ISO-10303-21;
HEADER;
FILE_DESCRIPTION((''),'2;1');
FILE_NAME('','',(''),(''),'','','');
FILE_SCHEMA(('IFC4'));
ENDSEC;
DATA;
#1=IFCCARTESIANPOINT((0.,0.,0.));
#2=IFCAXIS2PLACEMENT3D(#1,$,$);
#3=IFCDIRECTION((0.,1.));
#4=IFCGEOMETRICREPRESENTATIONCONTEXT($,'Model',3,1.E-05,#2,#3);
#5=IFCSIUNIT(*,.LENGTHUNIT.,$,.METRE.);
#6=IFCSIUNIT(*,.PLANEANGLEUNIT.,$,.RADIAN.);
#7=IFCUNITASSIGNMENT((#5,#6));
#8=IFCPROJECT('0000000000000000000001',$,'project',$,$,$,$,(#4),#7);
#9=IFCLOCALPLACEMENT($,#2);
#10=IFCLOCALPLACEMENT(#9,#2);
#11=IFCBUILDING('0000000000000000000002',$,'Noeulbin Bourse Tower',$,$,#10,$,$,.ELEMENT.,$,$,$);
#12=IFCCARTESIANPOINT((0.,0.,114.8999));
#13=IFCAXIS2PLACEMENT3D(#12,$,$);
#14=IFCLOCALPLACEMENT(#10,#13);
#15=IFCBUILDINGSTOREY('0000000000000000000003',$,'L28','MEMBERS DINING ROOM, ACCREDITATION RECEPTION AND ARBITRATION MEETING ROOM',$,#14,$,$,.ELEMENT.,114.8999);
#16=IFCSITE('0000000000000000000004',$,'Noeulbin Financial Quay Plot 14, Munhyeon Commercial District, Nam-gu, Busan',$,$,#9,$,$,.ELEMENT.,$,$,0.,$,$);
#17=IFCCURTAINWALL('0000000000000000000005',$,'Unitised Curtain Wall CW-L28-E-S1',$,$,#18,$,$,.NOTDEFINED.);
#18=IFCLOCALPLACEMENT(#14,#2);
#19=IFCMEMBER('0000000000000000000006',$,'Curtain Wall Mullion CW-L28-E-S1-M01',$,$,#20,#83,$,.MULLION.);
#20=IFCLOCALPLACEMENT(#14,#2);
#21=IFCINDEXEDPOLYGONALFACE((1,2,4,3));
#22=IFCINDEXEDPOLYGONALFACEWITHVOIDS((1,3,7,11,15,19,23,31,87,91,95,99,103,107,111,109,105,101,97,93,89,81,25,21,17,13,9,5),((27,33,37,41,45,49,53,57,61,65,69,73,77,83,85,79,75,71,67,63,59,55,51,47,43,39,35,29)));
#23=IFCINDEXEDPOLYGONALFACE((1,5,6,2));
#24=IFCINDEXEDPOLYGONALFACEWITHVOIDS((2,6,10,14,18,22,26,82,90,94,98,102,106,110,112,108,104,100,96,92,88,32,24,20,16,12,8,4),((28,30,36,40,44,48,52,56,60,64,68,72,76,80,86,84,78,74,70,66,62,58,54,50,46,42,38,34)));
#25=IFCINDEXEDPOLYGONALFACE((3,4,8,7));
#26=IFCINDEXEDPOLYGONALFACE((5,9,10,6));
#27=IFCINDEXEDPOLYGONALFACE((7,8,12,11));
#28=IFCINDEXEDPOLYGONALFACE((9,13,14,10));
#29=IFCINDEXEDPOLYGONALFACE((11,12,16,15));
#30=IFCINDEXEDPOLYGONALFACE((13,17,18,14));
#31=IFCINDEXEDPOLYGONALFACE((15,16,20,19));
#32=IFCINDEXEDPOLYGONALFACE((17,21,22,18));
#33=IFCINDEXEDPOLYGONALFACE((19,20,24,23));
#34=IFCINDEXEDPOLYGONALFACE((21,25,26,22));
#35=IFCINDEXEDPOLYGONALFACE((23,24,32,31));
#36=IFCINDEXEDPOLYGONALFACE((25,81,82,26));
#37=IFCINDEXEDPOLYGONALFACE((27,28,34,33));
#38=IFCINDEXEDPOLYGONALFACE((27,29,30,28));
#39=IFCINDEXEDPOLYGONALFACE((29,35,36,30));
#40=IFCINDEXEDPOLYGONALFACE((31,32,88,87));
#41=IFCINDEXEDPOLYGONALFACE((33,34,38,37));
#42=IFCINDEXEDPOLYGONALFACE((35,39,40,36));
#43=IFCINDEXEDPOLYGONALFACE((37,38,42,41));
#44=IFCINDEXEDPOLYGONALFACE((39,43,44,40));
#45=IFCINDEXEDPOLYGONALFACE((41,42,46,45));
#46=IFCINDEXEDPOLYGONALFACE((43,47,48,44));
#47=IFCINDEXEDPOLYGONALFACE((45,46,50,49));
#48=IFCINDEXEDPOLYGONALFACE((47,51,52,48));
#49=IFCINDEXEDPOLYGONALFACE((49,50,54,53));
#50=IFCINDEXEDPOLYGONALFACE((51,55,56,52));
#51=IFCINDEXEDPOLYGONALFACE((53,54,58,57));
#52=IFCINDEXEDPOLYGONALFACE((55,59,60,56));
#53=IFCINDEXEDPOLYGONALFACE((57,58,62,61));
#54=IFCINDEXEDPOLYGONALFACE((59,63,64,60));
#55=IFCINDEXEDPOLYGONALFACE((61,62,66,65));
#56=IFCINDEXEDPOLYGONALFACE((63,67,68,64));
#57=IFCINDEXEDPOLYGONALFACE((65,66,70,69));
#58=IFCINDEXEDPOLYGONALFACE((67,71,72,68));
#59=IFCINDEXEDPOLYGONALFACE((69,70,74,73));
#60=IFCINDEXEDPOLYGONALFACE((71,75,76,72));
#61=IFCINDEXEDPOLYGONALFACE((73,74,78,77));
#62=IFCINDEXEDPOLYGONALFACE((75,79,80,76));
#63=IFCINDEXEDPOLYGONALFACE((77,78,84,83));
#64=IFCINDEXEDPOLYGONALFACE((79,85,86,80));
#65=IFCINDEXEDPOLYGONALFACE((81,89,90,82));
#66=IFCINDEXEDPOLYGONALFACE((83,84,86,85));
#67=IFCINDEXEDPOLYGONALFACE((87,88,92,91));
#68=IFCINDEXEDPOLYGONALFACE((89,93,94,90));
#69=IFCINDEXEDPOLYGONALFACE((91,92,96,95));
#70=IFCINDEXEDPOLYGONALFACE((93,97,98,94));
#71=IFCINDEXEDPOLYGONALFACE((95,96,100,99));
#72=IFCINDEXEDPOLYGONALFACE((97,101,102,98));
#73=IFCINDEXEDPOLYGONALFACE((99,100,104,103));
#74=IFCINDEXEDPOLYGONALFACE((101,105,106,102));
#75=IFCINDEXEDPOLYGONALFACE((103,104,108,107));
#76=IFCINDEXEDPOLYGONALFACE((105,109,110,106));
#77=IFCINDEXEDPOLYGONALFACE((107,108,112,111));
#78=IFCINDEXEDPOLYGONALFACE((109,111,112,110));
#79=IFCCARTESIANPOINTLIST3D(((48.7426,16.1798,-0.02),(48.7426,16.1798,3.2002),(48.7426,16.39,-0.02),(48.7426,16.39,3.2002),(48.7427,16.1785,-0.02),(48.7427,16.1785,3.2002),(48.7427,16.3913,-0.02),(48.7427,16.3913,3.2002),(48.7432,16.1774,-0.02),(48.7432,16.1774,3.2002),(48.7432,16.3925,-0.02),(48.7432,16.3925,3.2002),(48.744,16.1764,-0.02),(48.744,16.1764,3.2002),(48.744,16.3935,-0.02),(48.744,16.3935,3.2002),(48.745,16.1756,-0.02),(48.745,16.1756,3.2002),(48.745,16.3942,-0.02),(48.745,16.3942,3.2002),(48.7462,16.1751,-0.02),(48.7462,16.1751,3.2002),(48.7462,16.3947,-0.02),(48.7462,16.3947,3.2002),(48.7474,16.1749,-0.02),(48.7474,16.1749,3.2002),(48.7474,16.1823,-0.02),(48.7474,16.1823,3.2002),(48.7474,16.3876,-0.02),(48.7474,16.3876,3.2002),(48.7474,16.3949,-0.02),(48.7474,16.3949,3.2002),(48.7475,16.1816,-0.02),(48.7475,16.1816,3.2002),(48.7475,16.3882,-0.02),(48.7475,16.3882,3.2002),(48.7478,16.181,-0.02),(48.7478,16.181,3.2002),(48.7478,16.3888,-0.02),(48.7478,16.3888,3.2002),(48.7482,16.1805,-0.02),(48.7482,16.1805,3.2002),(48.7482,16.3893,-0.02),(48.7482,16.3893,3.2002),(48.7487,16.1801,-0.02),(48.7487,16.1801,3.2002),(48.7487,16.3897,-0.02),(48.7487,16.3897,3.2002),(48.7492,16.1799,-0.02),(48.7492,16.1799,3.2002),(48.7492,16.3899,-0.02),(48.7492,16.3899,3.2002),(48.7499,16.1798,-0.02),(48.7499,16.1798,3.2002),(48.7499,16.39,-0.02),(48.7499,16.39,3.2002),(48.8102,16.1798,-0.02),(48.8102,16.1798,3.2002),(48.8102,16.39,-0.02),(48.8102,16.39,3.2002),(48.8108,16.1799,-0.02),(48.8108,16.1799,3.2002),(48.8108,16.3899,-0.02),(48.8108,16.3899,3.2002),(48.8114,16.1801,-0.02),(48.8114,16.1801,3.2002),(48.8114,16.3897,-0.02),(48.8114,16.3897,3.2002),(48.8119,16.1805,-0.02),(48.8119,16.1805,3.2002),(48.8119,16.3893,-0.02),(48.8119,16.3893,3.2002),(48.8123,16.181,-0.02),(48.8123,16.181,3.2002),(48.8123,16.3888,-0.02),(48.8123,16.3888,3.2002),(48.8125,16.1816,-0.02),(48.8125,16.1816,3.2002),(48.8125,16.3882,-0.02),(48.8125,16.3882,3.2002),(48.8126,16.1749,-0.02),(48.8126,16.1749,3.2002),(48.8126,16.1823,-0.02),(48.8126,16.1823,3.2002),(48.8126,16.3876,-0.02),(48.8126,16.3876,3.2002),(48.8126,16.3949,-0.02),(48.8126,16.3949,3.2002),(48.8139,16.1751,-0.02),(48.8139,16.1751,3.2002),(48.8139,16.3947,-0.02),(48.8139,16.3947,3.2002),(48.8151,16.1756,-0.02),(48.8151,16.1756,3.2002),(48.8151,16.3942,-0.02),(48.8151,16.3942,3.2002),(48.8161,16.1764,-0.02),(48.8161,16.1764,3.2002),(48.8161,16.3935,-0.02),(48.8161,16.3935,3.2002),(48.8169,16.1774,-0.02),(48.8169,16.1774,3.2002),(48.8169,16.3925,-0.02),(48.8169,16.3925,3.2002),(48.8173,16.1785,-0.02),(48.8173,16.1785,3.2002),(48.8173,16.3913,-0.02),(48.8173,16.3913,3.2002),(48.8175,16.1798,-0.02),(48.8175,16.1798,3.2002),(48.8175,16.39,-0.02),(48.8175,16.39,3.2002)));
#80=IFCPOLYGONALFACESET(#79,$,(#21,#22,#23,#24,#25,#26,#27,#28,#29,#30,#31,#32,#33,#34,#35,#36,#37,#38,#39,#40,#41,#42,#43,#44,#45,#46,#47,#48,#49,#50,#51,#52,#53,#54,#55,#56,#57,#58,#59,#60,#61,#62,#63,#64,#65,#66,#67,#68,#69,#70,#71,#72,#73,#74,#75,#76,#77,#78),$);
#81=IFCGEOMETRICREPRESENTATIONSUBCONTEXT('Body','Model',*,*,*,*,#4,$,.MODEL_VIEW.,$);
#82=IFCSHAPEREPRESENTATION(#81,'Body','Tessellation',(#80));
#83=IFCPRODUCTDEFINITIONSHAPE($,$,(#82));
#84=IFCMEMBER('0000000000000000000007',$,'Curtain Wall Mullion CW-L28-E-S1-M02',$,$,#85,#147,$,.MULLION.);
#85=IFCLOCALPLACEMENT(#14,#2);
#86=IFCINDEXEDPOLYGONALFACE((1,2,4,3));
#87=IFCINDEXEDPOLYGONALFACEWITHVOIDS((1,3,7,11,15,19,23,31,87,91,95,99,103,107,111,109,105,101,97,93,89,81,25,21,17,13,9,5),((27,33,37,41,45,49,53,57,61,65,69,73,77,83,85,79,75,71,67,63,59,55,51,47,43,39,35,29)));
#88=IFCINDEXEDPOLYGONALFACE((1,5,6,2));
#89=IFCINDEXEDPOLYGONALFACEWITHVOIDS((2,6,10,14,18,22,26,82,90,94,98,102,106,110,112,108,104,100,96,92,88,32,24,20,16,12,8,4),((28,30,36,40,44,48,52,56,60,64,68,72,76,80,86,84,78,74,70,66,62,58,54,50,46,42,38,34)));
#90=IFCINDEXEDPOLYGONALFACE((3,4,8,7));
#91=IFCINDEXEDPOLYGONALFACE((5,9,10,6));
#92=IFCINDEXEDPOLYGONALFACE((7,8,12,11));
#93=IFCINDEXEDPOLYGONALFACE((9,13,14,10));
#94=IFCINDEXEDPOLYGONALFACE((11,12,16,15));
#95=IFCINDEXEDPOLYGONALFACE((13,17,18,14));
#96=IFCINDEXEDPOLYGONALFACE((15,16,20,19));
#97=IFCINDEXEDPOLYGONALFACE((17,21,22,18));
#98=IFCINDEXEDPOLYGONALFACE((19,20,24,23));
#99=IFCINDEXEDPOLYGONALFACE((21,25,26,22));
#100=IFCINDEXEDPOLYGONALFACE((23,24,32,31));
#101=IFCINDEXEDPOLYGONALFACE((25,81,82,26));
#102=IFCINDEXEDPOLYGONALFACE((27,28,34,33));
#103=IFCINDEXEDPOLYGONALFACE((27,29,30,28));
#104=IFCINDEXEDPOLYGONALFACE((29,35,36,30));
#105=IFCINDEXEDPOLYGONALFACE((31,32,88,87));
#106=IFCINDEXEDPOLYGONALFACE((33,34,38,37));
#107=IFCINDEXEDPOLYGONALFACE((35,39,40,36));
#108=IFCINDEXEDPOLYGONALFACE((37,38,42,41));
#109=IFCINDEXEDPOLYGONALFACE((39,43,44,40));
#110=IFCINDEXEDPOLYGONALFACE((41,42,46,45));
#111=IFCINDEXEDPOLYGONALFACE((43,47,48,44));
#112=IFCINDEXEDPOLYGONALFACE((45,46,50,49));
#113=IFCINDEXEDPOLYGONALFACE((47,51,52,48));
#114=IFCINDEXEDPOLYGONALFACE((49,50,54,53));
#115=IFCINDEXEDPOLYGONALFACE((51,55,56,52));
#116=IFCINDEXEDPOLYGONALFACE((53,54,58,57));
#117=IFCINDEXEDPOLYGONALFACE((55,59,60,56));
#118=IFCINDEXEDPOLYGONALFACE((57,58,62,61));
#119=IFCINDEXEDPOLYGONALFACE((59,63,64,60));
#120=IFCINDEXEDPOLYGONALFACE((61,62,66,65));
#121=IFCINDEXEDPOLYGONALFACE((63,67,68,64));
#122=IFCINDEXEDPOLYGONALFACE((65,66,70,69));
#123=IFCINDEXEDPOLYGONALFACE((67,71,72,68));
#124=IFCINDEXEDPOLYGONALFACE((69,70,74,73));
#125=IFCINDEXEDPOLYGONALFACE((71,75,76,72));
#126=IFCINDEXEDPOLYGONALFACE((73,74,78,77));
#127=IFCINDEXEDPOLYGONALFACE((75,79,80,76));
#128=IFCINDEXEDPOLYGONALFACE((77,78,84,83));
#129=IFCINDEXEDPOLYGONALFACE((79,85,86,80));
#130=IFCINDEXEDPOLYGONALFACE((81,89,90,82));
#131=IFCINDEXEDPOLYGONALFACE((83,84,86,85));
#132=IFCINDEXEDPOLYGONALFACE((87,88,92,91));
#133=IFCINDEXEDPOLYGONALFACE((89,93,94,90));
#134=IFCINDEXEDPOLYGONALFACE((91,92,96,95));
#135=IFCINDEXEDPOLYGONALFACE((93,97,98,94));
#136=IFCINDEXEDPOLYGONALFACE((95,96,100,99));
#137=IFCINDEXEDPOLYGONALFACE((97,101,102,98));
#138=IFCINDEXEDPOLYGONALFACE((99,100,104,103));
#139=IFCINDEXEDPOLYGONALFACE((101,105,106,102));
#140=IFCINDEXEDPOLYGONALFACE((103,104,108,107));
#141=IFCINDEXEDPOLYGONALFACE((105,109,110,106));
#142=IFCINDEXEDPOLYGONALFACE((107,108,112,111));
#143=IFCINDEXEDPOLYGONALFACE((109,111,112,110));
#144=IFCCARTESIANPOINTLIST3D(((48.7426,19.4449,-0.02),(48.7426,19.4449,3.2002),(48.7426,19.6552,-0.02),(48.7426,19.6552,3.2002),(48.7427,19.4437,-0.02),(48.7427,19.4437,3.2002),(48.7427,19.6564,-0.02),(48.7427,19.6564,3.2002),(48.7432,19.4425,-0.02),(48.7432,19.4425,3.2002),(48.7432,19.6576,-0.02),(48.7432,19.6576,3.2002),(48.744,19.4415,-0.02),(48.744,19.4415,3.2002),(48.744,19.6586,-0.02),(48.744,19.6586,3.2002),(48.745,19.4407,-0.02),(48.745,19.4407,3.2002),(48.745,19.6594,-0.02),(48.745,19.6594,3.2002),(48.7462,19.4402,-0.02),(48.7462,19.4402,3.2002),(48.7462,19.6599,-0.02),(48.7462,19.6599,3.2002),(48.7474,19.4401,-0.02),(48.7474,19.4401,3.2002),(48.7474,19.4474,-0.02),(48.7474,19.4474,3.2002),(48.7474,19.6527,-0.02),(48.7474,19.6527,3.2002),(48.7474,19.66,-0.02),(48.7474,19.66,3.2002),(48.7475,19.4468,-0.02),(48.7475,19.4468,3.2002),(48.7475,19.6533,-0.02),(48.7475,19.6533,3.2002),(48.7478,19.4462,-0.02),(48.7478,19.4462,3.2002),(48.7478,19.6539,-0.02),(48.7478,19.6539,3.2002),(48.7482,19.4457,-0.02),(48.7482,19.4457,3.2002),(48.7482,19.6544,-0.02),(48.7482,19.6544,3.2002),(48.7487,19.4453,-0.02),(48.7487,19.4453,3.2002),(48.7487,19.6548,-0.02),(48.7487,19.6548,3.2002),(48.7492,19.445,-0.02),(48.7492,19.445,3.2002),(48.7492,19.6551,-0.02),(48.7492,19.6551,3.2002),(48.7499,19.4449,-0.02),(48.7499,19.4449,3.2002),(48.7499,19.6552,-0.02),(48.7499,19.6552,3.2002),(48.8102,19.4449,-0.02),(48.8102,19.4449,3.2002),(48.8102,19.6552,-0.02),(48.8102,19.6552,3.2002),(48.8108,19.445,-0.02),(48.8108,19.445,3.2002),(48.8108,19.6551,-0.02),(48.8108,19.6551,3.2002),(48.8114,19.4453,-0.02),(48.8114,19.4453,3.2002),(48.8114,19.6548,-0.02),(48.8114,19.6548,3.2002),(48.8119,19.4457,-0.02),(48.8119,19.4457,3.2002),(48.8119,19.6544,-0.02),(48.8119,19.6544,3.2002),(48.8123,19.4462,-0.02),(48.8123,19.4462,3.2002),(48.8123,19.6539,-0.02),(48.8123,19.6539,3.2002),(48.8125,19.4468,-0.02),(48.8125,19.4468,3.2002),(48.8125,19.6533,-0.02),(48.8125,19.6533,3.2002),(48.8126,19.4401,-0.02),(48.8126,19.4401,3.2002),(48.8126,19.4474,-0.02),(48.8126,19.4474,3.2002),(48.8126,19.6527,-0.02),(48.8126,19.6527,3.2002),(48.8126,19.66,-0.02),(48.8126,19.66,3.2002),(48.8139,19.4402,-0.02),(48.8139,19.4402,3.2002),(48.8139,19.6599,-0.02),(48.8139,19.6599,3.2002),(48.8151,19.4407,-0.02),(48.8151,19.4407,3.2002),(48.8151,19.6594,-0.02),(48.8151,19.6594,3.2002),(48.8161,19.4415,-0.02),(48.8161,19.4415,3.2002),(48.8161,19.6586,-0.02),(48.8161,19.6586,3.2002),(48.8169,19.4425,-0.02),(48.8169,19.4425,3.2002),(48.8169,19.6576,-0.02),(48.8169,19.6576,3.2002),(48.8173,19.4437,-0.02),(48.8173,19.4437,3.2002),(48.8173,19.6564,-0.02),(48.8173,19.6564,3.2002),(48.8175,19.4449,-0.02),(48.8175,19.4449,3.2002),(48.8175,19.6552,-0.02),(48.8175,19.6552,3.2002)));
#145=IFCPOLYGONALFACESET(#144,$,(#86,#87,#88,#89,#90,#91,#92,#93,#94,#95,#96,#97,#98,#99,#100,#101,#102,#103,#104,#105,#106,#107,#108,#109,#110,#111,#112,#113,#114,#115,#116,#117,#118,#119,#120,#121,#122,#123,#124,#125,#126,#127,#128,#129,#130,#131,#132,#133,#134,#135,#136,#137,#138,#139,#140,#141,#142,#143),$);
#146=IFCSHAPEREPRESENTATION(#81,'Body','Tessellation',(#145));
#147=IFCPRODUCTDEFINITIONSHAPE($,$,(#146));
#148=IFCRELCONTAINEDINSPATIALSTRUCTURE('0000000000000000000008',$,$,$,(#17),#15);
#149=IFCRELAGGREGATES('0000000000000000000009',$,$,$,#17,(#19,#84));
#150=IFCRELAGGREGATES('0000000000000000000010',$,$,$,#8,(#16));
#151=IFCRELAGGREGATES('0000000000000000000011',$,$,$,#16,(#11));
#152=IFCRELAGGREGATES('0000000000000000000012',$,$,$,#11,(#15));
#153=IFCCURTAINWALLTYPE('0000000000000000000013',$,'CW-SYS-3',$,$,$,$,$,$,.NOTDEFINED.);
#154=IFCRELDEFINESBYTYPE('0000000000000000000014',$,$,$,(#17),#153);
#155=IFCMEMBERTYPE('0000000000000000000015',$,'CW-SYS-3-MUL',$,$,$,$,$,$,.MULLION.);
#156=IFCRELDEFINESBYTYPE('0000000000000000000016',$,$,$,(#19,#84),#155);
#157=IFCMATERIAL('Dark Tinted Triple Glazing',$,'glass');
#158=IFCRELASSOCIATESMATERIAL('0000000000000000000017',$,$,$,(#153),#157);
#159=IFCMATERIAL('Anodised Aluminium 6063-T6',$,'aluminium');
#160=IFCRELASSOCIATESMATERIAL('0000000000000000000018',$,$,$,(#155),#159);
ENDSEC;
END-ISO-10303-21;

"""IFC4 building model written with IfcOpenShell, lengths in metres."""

from ifc_helpers import new_model, si_unit, direction, frame, origin, origin_2d, place, context, subcontext, project, spatial, hollow_rectangle, extrude, material, material_profile, profile_set, type_object, element, aggregate, save


model = new_model("IFC4")

# Units and contexts
model_context = context("Model", 3, precision=1e-05, world=origin(), true_north=direction((0.0, 1.0)))
body_context = subcontext(model_context, "Body", "Model", "MODEL_VIEW")
ifc_project = project(units=[si_unit("LENGTHUNIT", "METRE"), si_unit("PLANEANGLEUNIT", "RADIAN")], contexts=[model_context])

# Site, building, storey
site_placement = place(None, origin())
site = spatial("IfcSite", under=ifc_project, at=site_placement, Name="Noeulbin Financial Quay Plot 14, Munhyeon Commercial District, Nam-gu, Busan", CompositionType="ELEMENT", RefElevation=0.0)
building_placement = place(site_placement, origin())
building = spatial("IfcBuilding", under=site, at=building_placement, Name="Noeulbin Bourse Tower", CompositionType="ELEMENT")
storey_placement = place(building_placement, frame((0.0, 0.0, 114.8999)))
storey = spatial("IfcBuildingStorey", under=building, at=storey_placement, Name="L28", Description="MEMBERS DINING ROOM, ACCREDITATION RECEPTION AND ARBITRATION MEETING ROOM", CompositionType="ELEMENT", Elevation=114.8999)

# Curtain wall, members
ifc_material_1 = material(Name="Dark Tinted Triple Glazing", Category="glass")
curtain_wall_type = type_object("IfcCurtainWallType", Name="CW-SYS-3", PredefinedType="NOTDEFINED", material=ifc_material_1)
ifc_material_2 = material(Name="Anodised Aluminium 6063-T6", Category="aluminium")
ifc_material_profile_1 = material_profile(ifc_material_2, hollow_rectangle(XDim=0.075, YDim=0.22, WallThickness=0.0049, InnerFilletRadius=0.0024, OuterFilletRadius=0.0049, at=origin_2d()), Name="ALU-MULL-75x220x5", Category="LoadBearing")
ifc_profile_set_1 = profile_set([ifc_material_profile_1], Name="Anodised Aluminium 6063-T6")
member_type_1 = type_object("IfcMemberType", Name="CW-SYS-3-MUL", PredefinedType="MULLION", material=ifc_profile_set_1)
curtain_wall_1_placement = place(storey_placement, origin())
curtain_wall_1 = element("IfcCurtainWall", 1, at=curtain_wall_1_placement, inside=storey, type_object=curtain_wall_type, Name="Unitised Curtain Wall CW-L28-E-S1", PredefinedType="NOTDEFINED")
member_1_placement = place(storey_placement, frame((48.78, 16.2849, -0.02), z_axis=(0.0, 0.0, 1.0), x_axis=(1.0, 0.0, 0.0)))
member_1 = element("IfcMember", 2, at=member_1_placement, type_object=member_type_1, Name="Curtain Wall Mullion CW-L28-E-S1-M01", PredefinedType="MULLION", context=body_context, shape_type="SweptSolid", body=[
    extrude(hollow_rectangle(XDim=0.075, YDim=0.22, WallThickness=0.0049, InnerFilletRadius=0.0024, OuterFilletRadius=0.0049, at=origin_2d()), origin(), (0.0, 0.0, 1.0), 3.2202),
])
member_2_placement = place(storey_placement, frame((48.78, 19.55, -0.02), z_axis=(0.0, 0.0, 1.0), x_axis=(1.0, 0.0, 0.0)))
member_2 = element("IfcMember", 3, at=member_2_placement, type_object=member_type_1, Name="Curtain Wall Mullion CW-L28-E-S1-M02", PredefinedType="MULLION", context=body_context, shape_type="SweptSolid", body=[
    extrude(hollow_rectangle(XDim=0.075, YDim=0.22, WallThickness=0.0049, InnerFilletRadius=0.0024, OuterFilletRadius=0.0049, at=origin_2d()), origin(), (0.0, 0.0, 1.0), 3.2202),
])

aggregate(curtain_wall_1, [member_1, member_2])

save(model, "model.ifc")
